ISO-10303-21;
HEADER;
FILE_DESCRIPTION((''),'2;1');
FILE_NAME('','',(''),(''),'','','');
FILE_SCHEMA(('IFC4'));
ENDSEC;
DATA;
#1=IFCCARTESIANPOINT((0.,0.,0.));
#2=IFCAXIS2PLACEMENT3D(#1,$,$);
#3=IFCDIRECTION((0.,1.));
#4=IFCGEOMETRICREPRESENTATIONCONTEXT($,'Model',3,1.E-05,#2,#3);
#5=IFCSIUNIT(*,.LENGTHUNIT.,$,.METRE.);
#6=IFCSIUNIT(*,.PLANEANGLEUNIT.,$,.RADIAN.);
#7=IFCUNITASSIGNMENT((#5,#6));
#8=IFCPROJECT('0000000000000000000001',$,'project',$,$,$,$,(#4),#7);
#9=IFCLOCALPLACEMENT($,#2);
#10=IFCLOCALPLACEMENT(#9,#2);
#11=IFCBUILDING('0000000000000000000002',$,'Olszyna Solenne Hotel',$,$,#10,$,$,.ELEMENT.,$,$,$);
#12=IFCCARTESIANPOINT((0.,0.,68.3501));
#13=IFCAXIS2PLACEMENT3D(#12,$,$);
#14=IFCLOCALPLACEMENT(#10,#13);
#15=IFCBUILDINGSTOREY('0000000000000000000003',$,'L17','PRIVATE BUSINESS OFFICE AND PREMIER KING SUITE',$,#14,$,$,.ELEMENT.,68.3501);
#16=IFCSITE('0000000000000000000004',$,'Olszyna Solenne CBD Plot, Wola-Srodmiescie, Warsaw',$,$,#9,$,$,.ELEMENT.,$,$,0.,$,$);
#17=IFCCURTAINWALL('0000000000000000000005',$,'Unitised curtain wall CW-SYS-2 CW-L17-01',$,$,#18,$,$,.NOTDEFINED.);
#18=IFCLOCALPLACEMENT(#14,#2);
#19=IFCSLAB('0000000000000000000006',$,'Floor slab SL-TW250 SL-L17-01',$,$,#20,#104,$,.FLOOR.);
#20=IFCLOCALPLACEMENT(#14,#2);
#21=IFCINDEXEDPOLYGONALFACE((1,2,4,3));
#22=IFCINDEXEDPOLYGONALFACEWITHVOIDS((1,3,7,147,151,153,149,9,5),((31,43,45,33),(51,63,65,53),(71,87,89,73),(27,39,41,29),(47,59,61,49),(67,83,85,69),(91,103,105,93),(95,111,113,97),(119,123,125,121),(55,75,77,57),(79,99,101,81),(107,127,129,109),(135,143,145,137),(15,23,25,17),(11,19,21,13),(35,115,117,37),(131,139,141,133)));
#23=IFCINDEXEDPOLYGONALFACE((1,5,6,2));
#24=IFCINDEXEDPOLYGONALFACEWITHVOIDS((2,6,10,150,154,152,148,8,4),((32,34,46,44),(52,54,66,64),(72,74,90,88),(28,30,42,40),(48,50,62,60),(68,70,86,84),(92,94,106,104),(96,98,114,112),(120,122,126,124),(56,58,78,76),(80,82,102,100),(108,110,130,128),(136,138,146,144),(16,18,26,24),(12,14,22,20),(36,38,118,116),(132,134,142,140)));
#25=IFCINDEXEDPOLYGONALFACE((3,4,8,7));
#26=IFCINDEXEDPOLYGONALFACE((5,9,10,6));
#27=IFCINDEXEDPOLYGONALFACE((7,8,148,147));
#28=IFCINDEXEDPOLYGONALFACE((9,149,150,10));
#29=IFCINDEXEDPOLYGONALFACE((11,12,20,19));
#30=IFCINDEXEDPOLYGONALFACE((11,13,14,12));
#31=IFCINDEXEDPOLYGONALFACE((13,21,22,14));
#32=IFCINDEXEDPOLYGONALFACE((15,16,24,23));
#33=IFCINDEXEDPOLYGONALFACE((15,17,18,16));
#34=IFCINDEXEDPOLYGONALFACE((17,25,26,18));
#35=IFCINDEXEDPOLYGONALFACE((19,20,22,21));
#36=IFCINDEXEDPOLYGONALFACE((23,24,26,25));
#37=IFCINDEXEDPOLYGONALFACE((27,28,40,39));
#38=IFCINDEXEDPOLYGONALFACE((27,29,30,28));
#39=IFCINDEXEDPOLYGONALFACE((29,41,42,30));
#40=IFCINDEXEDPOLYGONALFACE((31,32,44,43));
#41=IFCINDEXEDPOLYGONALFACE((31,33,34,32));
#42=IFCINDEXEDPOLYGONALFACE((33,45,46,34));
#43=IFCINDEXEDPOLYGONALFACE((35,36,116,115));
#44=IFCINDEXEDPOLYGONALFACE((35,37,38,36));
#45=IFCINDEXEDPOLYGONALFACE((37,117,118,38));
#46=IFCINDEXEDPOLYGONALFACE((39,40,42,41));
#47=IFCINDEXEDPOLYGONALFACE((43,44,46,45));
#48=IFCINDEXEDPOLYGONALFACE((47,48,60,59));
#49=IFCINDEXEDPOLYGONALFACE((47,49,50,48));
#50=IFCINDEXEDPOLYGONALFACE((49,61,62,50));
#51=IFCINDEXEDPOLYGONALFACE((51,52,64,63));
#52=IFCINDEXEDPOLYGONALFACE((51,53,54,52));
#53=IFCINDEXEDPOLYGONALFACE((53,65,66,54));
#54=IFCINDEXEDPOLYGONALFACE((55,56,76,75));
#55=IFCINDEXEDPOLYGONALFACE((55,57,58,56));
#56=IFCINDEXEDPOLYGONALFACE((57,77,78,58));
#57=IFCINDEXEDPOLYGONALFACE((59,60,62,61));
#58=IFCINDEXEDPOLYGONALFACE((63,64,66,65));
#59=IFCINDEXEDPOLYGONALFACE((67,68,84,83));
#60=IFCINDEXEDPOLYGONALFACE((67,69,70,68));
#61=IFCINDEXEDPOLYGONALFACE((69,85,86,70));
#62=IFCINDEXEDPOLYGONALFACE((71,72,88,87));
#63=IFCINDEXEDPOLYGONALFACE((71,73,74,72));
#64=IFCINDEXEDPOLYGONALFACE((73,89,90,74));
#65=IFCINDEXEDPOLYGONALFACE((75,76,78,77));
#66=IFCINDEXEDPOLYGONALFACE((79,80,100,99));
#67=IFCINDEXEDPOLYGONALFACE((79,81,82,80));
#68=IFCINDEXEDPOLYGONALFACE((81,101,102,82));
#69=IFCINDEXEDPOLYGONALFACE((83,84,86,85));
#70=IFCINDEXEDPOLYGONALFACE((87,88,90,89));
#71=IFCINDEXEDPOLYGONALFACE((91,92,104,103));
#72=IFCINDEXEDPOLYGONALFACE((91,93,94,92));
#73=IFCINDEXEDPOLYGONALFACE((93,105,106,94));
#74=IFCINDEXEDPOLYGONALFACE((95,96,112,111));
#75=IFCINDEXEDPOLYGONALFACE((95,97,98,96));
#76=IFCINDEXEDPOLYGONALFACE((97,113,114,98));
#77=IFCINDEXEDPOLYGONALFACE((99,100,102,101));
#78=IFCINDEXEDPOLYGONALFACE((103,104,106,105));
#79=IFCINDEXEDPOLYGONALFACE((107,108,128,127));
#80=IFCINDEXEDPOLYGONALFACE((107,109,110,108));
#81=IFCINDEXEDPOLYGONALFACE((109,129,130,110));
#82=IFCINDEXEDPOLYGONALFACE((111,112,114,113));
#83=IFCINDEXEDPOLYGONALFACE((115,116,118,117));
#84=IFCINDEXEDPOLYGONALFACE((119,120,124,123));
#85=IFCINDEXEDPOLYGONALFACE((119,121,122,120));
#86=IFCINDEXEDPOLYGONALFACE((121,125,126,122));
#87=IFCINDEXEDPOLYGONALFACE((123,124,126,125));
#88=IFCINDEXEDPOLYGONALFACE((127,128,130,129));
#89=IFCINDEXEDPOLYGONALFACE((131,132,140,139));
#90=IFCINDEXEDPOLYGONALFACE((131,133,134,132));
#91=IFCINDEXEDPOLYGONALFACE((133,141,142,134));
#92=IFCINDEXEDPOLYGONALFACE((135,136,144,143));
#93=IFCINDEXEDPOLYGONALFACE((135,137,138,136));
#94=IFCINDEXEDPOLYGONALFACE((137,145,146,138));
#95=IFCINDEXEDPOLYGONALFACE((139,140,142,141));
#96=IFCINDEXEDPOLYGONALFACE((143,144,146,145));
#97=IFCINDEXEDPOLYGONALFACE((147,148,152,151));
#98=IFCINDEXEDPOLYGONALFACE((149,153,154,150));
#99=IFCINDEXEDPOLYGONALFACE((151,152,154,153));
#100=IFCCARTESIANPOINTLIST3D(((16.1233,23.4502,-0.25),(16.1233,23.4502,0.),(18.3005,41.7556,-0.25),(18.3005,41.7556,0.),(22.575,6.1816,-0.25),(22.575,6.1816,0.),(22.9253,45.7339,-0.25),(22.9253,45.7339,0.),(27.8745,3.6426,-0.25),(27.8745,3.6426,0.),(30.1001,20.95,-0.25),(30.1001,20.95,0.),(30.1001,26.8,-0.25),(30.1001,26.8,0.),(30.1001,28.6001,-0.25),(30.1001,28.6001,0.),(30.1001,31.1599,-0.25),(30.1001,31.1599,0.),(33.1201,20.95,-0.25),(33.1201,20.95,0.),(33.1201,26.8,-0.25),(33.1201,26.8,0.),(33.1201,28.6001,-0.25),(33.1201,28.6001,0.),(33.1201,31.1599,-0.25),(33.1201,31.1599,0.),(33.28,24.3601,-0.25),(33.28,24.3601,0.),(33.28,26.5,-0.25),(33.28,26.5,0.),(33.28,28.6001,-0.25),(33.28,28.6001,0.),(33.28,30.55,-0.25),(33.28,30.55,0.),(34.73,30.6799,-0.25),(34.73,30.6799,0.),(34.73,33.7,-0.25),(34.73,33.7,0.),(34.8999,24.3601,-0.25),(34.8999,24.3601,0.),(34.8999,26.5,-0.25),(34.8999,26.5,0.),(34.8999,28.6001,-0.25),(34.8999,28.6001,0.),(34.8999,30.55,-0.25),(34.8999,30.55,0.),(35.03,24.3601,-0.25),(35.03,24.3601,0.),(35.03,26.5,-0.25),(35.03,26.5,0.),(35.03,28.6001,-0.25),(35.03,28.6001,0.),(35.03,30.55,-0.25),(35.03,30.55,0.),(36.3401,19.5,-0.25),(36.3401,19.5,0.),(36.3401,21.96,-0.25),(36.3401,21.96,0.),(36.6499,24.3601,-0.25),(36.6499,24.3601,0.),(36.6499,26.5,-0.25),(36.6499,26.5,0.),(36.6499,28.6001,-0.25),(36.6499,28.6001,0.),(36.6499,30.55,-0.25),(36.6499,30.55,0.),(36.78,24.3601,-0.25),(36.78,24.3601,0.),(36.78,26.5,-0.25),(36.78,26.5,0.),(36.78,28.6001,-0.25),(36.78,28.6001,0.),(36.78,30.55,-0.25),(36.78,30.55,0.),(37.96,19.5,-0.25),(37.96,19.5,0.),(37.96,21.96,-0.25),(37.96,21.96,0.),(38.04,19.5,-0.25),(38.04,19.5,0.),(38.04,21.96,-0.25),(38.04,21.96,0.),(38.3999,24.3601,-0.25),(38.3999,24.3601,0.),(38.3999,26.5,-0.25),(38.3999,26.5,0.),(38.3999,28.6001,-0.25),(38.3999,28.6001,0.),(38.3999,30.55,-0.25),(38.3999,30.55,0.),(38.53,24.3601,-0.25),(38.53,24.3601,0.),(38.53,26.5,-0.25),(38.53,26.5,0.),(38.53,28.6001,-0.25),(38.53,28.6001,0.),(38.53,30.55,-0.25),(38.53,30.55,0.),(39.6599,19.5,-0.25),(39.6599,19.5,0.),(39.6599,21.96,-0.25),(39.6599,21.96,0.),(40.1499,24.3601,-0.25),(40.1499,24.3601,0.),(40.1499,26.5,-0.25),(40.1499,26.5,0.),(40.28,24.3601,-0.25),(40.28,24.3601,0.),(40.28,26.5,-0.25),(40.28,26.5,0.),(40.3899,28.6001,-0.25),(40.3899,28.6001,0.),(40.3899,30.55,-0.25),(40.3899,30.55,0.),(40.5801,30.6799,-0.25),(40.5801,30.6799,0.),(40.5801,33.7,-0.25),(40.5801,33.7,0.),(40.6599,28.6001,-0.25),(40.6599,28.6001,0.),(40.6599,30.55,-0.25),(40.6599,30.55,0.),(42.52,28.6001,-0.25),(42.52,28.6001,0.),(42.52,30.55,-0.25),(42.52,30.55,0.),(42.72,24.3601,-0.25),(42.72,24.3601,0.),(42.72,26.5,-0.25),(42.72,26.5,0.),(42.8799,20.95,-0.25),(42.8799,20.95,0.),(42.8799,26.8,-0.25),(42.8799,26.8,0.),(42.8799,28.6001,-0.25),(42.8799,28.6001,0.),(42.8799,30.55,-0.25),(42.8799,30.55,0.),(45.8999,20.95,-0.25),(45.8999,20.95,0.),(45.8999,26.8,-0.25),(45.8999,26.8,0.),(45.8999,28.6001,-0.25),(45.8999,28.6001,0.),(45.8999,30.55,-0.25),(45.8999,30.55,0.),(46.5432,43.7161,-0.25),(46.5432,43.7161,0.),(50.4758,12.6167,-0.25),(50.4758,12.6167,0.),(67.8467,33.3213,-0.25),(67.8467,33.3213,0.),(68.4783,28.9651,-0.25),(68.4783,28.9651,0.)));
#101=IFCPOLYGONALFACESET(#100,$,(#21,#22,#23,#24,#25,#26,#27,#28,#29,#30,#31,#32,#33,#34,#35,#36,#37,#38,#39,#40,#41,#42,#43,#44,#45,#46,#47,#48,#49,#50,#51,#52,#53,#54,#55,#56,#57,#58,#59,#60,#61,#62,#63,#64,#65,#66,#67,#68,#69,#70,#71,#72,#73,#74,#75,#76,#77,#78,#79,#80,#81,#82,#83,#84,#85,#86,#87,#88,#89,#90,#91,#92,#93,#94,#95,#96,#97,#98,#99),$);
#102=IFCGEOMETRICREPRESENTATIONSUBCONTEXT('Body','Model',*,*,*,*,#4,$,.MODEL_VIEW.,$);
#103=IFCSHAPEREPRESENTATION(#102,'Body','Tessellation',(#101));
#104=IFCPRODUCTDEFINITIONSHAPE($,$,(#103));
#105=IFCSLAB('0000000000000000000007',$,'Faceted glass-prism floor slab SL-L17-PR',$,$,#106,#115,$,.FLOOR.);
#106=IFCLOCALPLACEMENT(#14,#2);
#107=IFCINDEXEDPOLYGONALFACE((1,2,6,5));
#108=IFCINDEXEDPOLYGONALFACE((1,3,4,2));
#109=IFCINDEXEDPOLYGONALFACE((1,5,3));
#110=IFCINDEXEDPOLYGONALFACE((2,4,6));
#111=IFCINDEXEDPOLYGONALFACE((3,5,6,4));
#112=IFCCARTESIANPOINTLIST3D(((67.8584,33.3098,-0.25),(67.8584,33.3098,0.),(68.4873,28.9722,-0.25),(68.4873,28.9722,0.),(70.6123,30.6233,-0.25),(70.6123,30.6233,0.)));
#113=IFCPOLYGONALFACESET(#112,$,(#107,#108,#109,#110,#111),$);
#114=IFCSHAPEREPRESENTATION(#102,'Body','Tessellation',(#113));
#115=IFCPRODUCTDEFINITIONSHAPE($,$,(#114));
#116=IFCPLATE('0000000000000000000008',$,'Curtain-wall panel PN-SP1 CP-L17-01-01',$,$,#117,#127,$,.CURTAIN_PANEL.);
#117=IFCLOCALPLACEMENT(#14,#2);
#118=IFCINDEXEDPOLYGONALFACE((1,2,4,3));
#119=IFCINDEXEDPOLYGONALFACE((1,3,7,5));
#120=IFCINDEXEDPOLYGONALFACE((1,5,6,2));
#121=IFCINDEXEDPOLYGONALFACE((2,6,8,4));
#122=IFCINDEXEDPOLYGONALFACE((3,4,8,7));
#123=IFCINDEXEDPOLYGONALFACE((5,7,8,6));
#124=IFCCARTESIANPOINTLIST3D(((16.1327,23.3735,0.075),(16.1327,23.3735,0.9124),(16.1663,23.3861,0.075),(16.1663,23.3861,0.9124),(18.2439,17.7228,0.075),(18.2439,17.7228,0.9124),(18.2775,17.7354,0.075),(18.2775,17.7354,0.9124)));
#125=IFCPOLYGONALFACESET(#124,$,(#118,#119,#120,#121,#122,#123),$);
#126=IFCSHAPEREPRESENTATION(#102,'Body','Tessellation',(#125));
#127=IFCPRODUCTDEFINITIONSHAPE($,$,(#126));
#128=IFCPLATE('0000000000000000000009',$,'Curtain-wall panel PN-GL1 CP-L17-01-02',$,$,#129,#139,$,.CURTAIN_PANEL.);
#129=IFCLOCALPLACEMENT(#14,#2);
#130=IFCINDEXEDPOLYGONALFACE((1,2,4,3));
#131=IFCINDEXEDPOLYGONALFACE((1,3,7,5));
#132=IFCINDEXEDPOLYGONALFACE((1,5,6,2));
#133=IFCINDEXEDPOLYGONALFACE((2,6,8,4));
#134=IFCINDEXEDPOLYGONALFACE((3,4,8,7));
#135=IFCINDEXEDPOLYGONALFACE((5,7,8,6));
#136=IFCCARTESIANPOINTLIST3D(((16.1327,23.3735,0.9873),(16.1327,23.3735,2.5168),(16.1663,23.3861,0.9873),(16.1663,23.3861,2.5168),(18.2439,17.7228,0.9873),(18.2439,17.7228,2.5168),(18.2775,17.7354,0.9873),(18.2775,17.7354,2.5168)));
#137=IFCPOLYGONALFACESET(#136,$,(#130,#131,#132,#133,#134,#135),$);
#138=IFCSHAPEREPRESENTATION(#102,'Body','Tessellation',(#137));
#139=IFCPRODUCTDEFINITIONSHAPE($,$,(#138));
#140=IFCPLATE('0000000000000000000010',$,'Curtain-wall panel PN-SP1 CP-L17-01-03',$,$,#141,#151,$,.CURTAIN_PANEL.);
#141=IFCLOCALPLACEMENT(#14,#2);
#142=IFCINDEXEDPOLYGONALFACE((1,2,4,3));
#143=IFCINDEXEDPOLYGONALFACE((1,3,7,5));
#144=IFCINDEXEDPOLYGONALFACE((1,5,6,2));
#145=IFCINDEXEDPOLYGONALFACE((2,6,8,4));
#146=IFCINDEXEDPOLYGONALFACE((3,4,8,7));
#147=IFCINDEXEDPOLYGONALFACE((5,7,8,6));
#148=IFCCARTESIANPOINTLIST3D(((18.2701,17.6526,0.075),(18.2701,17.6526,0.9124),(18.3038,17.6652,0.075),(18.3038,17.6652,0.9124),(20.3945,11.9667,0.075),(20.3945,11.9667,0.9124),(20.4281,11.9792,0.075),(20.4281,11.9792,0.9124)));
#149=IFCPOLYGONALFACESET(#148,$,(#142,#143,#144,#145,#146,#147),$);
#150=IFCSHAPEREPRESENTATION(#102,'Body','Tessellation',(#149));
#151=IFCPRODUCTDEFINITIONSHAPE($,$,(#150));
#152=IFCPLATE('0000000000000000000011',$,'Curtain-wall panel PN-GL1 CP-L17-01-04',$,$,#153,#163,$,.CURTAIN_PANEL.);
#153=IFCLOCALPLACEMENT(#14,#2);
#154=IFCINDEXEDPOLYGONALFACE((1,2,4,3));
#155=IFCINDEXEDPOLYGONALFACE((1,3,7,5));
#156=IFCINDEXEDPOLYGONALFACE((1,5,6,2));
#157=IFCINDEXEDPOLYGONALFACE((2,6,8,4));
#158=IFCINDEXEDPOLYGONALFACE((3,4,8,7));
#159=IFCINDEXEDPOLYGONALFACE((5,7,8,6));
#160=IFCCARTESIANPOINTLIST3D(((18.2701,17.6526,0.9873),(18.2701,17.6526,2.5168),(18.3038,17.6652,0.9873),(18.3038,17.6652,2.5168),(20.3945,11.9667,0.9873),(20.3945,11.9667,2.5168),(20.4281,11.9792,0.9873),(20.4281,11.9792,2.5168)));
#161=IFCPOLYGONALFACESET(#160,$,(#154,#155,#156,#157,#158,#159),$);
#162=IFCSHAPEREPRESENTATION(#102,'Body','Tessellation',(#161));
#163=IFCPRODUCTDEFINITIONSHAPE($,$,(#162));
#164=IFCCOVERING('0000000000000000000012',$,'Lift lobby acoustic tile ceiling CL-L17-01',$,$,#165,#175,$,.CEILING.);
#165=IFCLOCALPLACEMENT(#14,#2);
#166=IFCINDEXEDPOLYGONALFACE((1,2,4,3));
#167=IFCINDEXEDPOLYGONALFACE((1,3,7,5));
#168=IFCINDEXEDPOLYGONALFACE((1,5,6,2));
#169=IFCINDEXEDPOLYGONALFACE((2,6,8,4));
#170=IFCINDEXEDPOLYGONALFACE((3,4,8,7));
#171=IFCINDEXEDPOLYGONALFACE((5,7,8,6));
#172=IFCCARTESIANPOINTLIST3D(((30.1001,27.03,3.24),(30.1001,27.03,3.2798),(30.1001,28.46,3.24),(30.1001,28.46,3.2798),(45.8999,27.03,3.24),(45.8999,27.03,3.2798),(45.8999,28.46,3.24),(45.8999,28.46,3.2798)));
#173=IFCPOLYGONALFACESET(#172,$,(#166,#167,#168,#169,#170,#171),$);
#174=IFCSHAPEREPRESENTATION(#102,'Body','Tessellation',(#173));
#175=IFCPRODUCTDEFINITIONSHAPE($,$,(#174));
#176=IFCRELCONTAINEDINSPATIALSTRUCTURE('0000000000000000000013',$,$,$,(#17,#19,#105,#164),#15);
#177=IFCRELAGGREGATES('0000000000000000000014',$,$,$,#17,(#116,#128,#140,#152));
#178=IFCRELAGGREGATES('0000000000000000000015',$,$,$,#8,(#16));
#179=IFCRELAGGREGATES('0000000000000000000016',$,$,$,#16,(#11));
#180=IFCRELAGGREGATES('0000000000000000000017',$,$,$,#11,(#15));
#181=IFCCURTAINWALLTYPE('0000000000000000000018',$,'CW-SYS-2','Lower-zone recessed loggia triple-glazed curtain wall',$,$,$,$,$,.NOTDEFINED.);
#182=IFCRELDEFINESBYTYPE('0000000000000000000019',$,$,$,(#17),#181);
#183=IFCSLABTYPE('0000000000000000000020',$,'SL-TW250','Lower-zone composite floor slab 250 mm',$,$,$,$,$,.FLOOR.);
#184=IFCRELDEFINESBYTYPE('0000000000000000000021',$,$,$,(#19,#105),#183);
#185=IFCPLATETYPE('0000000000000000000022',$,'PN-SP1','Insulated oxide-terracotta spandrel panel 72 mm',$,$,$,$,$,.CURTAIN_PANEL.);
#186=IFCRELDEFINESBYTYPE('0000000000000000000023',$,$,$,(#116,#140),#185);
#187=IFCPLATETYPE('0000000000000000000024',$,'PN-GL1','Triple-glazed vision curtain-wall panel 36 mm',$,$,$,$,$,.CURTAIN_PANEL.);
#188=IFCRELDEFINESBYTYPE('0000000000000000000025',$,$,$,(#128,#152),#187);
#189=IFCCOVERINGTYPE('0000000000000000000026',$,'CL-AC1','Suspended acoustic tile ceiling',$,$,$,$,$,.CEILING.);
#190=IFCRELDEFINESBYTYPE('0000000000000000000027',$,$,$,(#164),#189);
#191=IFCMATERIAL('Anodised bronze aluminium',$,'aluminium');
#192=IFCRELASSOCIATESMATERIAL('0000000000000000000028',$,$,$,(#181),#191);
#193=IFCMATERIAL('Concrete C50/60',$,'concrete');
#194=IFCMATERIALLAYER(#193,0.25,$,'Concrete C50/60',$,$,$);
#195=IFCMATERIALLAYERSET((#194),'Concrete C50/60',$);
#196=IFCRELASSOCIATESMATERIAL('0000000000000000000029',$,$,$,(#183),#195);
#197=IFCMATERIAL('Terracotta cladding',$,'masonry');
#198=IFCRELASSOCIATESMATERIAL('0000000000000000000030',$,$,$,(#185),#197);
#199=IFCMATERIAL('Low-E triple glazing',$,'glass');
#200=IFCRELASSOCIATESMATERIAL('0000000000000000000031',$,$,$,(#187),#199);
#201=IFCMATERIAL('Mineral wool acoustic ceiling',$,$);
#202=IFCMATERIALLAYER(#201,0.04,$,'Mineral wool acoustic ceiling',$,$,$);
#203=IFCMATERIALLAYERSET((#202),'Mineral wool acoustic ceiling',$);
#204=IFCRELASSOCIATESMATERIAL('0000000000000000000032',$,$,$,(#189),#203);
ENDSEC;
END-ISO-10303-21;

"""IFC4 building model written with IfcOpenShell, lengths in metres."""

from ifc_helpers import new_model, si_unit, direction, frame, origin, origin_2d, place, context, subcontext, project, spatial, polyline, rectangle, outline, extrude, source, transform, mapped, material, layer, layer_set, type_object, element, aggregate, save


model = new_model("IFC4")

# Units and contexts
model_context = context("Model", 3, precision=1e-05, world=origin(), true_north=direction((0.0, 1.0)))
body_context = subcontext(model_context, "Body", "Model", "MODEL_VIEW")
ifc_project = project(units=[si_unit("LENGTHUNIT", "METRE"), si_unit("PLANEANGLEUNIT", "RADIAN")], contexts=[model_context])

# Site, building, storey
site_placement = place(None, origin())
site = spatial("IfcSite", under=ifc_project, at=site_placement, Name="Olszyna Solenne CBD Plot, Wola-Srodmiescie, Warsaw", CompositionType="ELEMENT", RefElevation=0.0)
building_placement = place(site_placement, origin())
building = spatial("IfcBuilding", under=site, at=building_placement, Name="Olszyna Solenne Hotel", CompositionType="ELEMENT")
storey_placement = place(building_placement, frame((0.0, 0.0, 68.3501)))
storey = spatial("IfcBuildingStorey", under=building, at=storey_placement, Name="L17", Description="PRIVATE BUSINESS OFFICE AND PREMIER KING SUITE", CompositionType="ELEMENT", Elevation=68.3501)

# Curtain wall
ifc_material_1 = material(Name="Anodised bronze aluminium", Category="aluminium")
curtain_wall_type = type_object("IfcCurtainWallType", Name="CW-SYS-2", Description="Lower-zone recessed loggia triple-glazed curtain wall", PredefinedType="NOTDEFINED", material=ifc_material_1)
curtain_wall_placement = place(storey_placement, origin())
curtain_wall = element("IfcCurtainWall", 1, at=curtain_wall_placement, inside=storey, type_object=curtain_wall_type, Name="Unitised curtain wall CW-SYS-2 CW-L17-01", PredefinedType="NOTDEFINED")

# Slabs
ifc_material_2 = material(Name="Concrete C50/60", Category="concrete")
ifc_layer_1 = layer(ifc_material_2, 0.25, Name="Concrete C50/60")
ifc_layer_set_1 = layer_set([ifc_layer_1], Name="Concrete C50/60")
slab_type_1 = type_object("IfcSlabType", Name="SL-TW250", Description="Lower-zone composite floor slab 250 mm", PredefinedType="FLOOR", material=ifc_layer_set_1)
slab_1_placement = place(storey_placement, frame((0.0, 0.0, -0.25)))
element("IfcSlab", 2, at=slab_1_placement, inside=storey, type_object=slab_type_1, Name="Floor slab SL-TW250 SL-L17-01", PredefinedType="FLOOR", context=body_context, shape_type="SweptSolid", body=[
    extrude(outline(polyline([(68.4783, 28.9651), (67.8467, 33.3213), (46.5432, 43.7161), (22.9253, 45.7339), (18.3005, 41.7556), (16.1233, 23.4502), (22.575, 6.1816), (27.8745, 3.6426), (50.4758, 12.6167), (68.4783, 28.9651)]), holes=[polyline([(30.1001, 20.95), (33.1201, 20.95), (33.1201, 26.8), (30.1001, 26.8), (30.1001, 20.95)]), polyline([(42.8799, 20.95), (45.8999, 20.95), (45.8999, 26.8), (42.8799, 26.8), (42.8799, 20.95)]), polyline([(34.73, 30.6799), (40.5801, 30.6799), (40.5801, 33.7), (34.73, 33.7), (34.73, 30.6799)]), polyline([(36.3401, 19.5), (37.96, 19.5), (37.96, 21.96), (36.3401, 21.96), (36.3401, 19.5)]), polyline([(38.04, 19.5), (39.6599, 19.5), (39.6599, 21.96), (38.04, 21.96), (38.04, 19.5)]), polyline([(30.1001, 28.6001), (33.1201, 28.6001), (33.1201, 31.1599), (30.1001, 31.1599), (30.1001, 28.6001)]), polyline([(33.28, 24.3601), (34.8999, 24.3601), (34.8999, 26.5), (33.28, 26.5), (33.28, 24.3601)]), polyline([(35.03, 24.3601), (36.6499, 24.3601), (36.6499, 26.5), (35.03, 26.5), (35.03, 24.3601)]), polyline([(36.78, 24.3601), (38.3999, 24.3601), (38.3999, 26.5), (36.78, 26.5), (36.78, 24.3601)]), polyline([(38.53, 24.3601), (40.1499, 24.3601), (40.1499, 26.5), (38.53, 26.5), (38.53, 24.3601)]), polyline([(40.28, 24.3601), (42.72, 24.3601), (42.72, 26.5), (40.28, 26.5), (40.28, 24.3601)]), polyline([(33.28, 28.6001), (34.8999, 28.6001), (34.8999, 30.55), (33.28, 30.55), (33.28, 28.6001)]), polyline([(35.03, 28.6001), (36.6499, 28.6001), (36.6499, 30.55), (35.03, 30.55), (35.03, 28.6001)]), polyline([(36.78, 28.6001), (38.3999, 28.6001), (38.3999, 30.55), (36.78, 30.55), (36.78, 28.6001)]), polyline([(38.53, 28.6001), (40.3899, 28.6001), (40.3899, 30.55), (38.53, 30.55), (38.53, 28.6001)]), polyline([(40.6599, 28.6001), (42.52, 28.6001), (42.52, 30.55), (40.6599, 30.55), (40.6599, 28.6001)]), polyline([(42.8799, 28.6001), (45.8999, 28.6001), (45.8999, 30.55), (42.8799, 30.55), (42.8799, 28.6001)])]), origin(), (0.0, 0.0, 1.0), 0.25),
])
slab_2_placement = place(storey_placement, frame((0.0, 0.0, -0.25)))
element("IfcSlab", 3, at=slab_2_placement, inside=storey, type_object=slab_type_1, Name="Faceted glass-prism floor slab SL-L17-PR", PredefinedType="FLOOR", context=body_context, shape_type="SweptSolid", body=[
    extrude(outline(polyline([(67.8584, 33.3098), (68.4873, 28.9722), (70.6123, 30.6233), (67.8584, 33.3098)])), origin(), (0.0, 0.0, 1.0), 0.25),
])

# Plates
ifc_material_3 = material(Name="Terracotta cladding", Category="masonry")
plate_type_1 = type_object("IfcPlateType", Name="PN-SP1", Description="Insulated oxide-terracotta spandrel panel 72 mm", PredefinedType="CURTAIN_PANEL", material=ifc_material_3)
shared_shape_1 = source(origin(), body_context, "Body", "SweptSolid", [
    extrude(rectangle(XDim=6.0322, YDim=0.0359, at=origin_2d()), origin(), (0.0, 0.0, 1.0), 0.8374),
])
plate_1_placement = place(storey_placement, frame((17.2051, 20.5544, 0.075), z_axis=(0.0, 0.0, 1.0), x_axis=(0.349982, -0.936756, 0.0)))
plate_1 = element("IfcPlate", 4, at=plate_1_placement, type_object=plate_type_1, Name="Curtain-wall panel PN-SP1 CP-L17-01-01", PredefinedType="CURTAIN_PANEL", context=body_context, shape_type="MappedRepresentation", body=[
    mapped(shared_shape_1, transform((0.0, 0.0, 0.0), x_axis=(1.0, 0.0, 0.0), y_axis=(0.0, 1.0, 0.0), z_axis=(0.0, 0.0, 1.0), scale=1.0)),
])
ifc_material_4 = material(Name="Low-E triple glazing", Category="glass")
plate_type_2 = type_object("IfcPlateType", Name="PN-GL1", Description="Triple-glazed vision curtain-wall panel 36 mm", PredefinedType="CURTAIN_PANEL", material=ifc_material_4)
shared_shape_2 = source(origin(), body_context, "Body", "SweptSolid", [
    extrude(rectangle(XDim=6.0322, YDim=0.0359, at=origin_2d()), origin(), (0.0, 0.0, 1.0), 1.5295),
])
plate_2_placement = place(storey_placement, frame((17.2051, 20.5544, 0.9873), z_axis=(0.0, 0.0, 1.0), x_axis=(0.349982, -0.936756, 0.0)))
plate_2 = element("IfcPlate", 5, at=plate_2_placement, type_object=plate_type_2, Name="Curtain-wall panel PN-GL1 CP-L17-01-02", PredefinedType="CURTAIN_PANEL", context=body_context, shape_type="MappedRepresentation", body=[
    mapped(shared_shape_2, transform((0.0, 0.0, 0.0), x_axis=(1.0, 0.0, 0.0), y_axis=(0.0, 1.0, 0.0), z_axis=(0.0, 0.0, 1.0), scale=1.0)),
])
shared_shape_3 = source(origin(), body_context, "Body", "SweptSolid", [
    extrude(rectangle(XDim=6.0698, YDim=0.0359, at=origin_2d()), origin(), (0.0, 0.0, 1.0), 0.8374),
])
plate_3_placement = place(storey_placement, frame((19.3491, 14.8159, 0.075), z_axis=(0.0, 0.0, 1.0), x_axis=(0.349982, -0.936756, 0.0)))
plate_3 = element("IfcPlate", 6, at=plate_3_placement, type_object=plate_type_1, Name="Curtain-wall panel PN-SP1 CP-L17-01-03", PredefinedType="CURTAIN_PANEL", context=body_context, shape_type="MappedRepresentation", body=[
    mapped(shared_shape_3, transform((0.0, 0.0, 0.0), x_axis=(1.0, 0.0, 0.0), y_axis=(0.0, 1.0, 0.0), z_axis=(0.0, 0.0, 1.0), scale=1.0)),
])
shared_shape_4 = source(origin(), body_context, "Body", "SweptSolid", [
    extrude(rectangle(XDim=6.0698, YDim=0.0359, at=origin_2d()), origin(), (0.0, 0.0, 1.0), 1.5295),
])
plate_4_placement = place(storey_placement, frame((19.3491, 14.8159, 0.9873), z_axis=(0.0, 0.0, 1.0), x_axis=(0.349982, -0.936756, 0.0)))
plate_4 = element("IfcPlate", 7, at=plate_4_placement, type_object=plate_type_2, Name="Curtain-wall panel PN-GL1 CP-L17-01-04", PredefinedType="CURTAIN_PANEL", context=body_context, shape_type="MappedRepresentation", body=[
    mapped(shared_shape_4, transform((0.0, 0.0, 0.0), x_axis=(1.0, 0.0, 0.0), y_axis=(0.0, 1.0, 0.0), z_axis=(0.0, 0.0, 1.0), scale=1.0)),
])
aggregate(curtain_wall, [plate_1, plate_2, plate_3, plate_4])

# Covering
ifc_material_5 = material(Name="Mineral wool acoustic ceiling")
ifc_layer_2 = layer(ifc_material_5, 0.04, Name="Mineral wool acoustic ceiling")
ifc_layer_set_2 = layer_set([ifc_layer_2], Name="Mineral wool acoustic ceiling")
covering_type_1 = type_object("IfcCoveringType", Name="CL-AC1", Description="Suspended acoustic tile ceiling", PredefinedType="CEILING", material=ifc_layer_set_2)
covering_1_placement = place(storey_placement, frame((0.0, 0.0, 3.24)))
element("IfcCovering", 8, at=covering_1_placement, inside=storey, type_object=covering_type_1, Name="Lift lobby acoustic tile ceiling CL-L17-01", PredefinedType="CEILING", context=body_context, shape_type="SweptSolid", body=[
    extrude(outline(polyline([(30.1001, 27.03), (45.8999, 27.03), (45.8999, 28.46), (30.1001, 28.46), (30.1001, 27.03)])), origin(), (0.0, 0.0, 1.0), 0.0398),
])

save(model, "model.ifc")
